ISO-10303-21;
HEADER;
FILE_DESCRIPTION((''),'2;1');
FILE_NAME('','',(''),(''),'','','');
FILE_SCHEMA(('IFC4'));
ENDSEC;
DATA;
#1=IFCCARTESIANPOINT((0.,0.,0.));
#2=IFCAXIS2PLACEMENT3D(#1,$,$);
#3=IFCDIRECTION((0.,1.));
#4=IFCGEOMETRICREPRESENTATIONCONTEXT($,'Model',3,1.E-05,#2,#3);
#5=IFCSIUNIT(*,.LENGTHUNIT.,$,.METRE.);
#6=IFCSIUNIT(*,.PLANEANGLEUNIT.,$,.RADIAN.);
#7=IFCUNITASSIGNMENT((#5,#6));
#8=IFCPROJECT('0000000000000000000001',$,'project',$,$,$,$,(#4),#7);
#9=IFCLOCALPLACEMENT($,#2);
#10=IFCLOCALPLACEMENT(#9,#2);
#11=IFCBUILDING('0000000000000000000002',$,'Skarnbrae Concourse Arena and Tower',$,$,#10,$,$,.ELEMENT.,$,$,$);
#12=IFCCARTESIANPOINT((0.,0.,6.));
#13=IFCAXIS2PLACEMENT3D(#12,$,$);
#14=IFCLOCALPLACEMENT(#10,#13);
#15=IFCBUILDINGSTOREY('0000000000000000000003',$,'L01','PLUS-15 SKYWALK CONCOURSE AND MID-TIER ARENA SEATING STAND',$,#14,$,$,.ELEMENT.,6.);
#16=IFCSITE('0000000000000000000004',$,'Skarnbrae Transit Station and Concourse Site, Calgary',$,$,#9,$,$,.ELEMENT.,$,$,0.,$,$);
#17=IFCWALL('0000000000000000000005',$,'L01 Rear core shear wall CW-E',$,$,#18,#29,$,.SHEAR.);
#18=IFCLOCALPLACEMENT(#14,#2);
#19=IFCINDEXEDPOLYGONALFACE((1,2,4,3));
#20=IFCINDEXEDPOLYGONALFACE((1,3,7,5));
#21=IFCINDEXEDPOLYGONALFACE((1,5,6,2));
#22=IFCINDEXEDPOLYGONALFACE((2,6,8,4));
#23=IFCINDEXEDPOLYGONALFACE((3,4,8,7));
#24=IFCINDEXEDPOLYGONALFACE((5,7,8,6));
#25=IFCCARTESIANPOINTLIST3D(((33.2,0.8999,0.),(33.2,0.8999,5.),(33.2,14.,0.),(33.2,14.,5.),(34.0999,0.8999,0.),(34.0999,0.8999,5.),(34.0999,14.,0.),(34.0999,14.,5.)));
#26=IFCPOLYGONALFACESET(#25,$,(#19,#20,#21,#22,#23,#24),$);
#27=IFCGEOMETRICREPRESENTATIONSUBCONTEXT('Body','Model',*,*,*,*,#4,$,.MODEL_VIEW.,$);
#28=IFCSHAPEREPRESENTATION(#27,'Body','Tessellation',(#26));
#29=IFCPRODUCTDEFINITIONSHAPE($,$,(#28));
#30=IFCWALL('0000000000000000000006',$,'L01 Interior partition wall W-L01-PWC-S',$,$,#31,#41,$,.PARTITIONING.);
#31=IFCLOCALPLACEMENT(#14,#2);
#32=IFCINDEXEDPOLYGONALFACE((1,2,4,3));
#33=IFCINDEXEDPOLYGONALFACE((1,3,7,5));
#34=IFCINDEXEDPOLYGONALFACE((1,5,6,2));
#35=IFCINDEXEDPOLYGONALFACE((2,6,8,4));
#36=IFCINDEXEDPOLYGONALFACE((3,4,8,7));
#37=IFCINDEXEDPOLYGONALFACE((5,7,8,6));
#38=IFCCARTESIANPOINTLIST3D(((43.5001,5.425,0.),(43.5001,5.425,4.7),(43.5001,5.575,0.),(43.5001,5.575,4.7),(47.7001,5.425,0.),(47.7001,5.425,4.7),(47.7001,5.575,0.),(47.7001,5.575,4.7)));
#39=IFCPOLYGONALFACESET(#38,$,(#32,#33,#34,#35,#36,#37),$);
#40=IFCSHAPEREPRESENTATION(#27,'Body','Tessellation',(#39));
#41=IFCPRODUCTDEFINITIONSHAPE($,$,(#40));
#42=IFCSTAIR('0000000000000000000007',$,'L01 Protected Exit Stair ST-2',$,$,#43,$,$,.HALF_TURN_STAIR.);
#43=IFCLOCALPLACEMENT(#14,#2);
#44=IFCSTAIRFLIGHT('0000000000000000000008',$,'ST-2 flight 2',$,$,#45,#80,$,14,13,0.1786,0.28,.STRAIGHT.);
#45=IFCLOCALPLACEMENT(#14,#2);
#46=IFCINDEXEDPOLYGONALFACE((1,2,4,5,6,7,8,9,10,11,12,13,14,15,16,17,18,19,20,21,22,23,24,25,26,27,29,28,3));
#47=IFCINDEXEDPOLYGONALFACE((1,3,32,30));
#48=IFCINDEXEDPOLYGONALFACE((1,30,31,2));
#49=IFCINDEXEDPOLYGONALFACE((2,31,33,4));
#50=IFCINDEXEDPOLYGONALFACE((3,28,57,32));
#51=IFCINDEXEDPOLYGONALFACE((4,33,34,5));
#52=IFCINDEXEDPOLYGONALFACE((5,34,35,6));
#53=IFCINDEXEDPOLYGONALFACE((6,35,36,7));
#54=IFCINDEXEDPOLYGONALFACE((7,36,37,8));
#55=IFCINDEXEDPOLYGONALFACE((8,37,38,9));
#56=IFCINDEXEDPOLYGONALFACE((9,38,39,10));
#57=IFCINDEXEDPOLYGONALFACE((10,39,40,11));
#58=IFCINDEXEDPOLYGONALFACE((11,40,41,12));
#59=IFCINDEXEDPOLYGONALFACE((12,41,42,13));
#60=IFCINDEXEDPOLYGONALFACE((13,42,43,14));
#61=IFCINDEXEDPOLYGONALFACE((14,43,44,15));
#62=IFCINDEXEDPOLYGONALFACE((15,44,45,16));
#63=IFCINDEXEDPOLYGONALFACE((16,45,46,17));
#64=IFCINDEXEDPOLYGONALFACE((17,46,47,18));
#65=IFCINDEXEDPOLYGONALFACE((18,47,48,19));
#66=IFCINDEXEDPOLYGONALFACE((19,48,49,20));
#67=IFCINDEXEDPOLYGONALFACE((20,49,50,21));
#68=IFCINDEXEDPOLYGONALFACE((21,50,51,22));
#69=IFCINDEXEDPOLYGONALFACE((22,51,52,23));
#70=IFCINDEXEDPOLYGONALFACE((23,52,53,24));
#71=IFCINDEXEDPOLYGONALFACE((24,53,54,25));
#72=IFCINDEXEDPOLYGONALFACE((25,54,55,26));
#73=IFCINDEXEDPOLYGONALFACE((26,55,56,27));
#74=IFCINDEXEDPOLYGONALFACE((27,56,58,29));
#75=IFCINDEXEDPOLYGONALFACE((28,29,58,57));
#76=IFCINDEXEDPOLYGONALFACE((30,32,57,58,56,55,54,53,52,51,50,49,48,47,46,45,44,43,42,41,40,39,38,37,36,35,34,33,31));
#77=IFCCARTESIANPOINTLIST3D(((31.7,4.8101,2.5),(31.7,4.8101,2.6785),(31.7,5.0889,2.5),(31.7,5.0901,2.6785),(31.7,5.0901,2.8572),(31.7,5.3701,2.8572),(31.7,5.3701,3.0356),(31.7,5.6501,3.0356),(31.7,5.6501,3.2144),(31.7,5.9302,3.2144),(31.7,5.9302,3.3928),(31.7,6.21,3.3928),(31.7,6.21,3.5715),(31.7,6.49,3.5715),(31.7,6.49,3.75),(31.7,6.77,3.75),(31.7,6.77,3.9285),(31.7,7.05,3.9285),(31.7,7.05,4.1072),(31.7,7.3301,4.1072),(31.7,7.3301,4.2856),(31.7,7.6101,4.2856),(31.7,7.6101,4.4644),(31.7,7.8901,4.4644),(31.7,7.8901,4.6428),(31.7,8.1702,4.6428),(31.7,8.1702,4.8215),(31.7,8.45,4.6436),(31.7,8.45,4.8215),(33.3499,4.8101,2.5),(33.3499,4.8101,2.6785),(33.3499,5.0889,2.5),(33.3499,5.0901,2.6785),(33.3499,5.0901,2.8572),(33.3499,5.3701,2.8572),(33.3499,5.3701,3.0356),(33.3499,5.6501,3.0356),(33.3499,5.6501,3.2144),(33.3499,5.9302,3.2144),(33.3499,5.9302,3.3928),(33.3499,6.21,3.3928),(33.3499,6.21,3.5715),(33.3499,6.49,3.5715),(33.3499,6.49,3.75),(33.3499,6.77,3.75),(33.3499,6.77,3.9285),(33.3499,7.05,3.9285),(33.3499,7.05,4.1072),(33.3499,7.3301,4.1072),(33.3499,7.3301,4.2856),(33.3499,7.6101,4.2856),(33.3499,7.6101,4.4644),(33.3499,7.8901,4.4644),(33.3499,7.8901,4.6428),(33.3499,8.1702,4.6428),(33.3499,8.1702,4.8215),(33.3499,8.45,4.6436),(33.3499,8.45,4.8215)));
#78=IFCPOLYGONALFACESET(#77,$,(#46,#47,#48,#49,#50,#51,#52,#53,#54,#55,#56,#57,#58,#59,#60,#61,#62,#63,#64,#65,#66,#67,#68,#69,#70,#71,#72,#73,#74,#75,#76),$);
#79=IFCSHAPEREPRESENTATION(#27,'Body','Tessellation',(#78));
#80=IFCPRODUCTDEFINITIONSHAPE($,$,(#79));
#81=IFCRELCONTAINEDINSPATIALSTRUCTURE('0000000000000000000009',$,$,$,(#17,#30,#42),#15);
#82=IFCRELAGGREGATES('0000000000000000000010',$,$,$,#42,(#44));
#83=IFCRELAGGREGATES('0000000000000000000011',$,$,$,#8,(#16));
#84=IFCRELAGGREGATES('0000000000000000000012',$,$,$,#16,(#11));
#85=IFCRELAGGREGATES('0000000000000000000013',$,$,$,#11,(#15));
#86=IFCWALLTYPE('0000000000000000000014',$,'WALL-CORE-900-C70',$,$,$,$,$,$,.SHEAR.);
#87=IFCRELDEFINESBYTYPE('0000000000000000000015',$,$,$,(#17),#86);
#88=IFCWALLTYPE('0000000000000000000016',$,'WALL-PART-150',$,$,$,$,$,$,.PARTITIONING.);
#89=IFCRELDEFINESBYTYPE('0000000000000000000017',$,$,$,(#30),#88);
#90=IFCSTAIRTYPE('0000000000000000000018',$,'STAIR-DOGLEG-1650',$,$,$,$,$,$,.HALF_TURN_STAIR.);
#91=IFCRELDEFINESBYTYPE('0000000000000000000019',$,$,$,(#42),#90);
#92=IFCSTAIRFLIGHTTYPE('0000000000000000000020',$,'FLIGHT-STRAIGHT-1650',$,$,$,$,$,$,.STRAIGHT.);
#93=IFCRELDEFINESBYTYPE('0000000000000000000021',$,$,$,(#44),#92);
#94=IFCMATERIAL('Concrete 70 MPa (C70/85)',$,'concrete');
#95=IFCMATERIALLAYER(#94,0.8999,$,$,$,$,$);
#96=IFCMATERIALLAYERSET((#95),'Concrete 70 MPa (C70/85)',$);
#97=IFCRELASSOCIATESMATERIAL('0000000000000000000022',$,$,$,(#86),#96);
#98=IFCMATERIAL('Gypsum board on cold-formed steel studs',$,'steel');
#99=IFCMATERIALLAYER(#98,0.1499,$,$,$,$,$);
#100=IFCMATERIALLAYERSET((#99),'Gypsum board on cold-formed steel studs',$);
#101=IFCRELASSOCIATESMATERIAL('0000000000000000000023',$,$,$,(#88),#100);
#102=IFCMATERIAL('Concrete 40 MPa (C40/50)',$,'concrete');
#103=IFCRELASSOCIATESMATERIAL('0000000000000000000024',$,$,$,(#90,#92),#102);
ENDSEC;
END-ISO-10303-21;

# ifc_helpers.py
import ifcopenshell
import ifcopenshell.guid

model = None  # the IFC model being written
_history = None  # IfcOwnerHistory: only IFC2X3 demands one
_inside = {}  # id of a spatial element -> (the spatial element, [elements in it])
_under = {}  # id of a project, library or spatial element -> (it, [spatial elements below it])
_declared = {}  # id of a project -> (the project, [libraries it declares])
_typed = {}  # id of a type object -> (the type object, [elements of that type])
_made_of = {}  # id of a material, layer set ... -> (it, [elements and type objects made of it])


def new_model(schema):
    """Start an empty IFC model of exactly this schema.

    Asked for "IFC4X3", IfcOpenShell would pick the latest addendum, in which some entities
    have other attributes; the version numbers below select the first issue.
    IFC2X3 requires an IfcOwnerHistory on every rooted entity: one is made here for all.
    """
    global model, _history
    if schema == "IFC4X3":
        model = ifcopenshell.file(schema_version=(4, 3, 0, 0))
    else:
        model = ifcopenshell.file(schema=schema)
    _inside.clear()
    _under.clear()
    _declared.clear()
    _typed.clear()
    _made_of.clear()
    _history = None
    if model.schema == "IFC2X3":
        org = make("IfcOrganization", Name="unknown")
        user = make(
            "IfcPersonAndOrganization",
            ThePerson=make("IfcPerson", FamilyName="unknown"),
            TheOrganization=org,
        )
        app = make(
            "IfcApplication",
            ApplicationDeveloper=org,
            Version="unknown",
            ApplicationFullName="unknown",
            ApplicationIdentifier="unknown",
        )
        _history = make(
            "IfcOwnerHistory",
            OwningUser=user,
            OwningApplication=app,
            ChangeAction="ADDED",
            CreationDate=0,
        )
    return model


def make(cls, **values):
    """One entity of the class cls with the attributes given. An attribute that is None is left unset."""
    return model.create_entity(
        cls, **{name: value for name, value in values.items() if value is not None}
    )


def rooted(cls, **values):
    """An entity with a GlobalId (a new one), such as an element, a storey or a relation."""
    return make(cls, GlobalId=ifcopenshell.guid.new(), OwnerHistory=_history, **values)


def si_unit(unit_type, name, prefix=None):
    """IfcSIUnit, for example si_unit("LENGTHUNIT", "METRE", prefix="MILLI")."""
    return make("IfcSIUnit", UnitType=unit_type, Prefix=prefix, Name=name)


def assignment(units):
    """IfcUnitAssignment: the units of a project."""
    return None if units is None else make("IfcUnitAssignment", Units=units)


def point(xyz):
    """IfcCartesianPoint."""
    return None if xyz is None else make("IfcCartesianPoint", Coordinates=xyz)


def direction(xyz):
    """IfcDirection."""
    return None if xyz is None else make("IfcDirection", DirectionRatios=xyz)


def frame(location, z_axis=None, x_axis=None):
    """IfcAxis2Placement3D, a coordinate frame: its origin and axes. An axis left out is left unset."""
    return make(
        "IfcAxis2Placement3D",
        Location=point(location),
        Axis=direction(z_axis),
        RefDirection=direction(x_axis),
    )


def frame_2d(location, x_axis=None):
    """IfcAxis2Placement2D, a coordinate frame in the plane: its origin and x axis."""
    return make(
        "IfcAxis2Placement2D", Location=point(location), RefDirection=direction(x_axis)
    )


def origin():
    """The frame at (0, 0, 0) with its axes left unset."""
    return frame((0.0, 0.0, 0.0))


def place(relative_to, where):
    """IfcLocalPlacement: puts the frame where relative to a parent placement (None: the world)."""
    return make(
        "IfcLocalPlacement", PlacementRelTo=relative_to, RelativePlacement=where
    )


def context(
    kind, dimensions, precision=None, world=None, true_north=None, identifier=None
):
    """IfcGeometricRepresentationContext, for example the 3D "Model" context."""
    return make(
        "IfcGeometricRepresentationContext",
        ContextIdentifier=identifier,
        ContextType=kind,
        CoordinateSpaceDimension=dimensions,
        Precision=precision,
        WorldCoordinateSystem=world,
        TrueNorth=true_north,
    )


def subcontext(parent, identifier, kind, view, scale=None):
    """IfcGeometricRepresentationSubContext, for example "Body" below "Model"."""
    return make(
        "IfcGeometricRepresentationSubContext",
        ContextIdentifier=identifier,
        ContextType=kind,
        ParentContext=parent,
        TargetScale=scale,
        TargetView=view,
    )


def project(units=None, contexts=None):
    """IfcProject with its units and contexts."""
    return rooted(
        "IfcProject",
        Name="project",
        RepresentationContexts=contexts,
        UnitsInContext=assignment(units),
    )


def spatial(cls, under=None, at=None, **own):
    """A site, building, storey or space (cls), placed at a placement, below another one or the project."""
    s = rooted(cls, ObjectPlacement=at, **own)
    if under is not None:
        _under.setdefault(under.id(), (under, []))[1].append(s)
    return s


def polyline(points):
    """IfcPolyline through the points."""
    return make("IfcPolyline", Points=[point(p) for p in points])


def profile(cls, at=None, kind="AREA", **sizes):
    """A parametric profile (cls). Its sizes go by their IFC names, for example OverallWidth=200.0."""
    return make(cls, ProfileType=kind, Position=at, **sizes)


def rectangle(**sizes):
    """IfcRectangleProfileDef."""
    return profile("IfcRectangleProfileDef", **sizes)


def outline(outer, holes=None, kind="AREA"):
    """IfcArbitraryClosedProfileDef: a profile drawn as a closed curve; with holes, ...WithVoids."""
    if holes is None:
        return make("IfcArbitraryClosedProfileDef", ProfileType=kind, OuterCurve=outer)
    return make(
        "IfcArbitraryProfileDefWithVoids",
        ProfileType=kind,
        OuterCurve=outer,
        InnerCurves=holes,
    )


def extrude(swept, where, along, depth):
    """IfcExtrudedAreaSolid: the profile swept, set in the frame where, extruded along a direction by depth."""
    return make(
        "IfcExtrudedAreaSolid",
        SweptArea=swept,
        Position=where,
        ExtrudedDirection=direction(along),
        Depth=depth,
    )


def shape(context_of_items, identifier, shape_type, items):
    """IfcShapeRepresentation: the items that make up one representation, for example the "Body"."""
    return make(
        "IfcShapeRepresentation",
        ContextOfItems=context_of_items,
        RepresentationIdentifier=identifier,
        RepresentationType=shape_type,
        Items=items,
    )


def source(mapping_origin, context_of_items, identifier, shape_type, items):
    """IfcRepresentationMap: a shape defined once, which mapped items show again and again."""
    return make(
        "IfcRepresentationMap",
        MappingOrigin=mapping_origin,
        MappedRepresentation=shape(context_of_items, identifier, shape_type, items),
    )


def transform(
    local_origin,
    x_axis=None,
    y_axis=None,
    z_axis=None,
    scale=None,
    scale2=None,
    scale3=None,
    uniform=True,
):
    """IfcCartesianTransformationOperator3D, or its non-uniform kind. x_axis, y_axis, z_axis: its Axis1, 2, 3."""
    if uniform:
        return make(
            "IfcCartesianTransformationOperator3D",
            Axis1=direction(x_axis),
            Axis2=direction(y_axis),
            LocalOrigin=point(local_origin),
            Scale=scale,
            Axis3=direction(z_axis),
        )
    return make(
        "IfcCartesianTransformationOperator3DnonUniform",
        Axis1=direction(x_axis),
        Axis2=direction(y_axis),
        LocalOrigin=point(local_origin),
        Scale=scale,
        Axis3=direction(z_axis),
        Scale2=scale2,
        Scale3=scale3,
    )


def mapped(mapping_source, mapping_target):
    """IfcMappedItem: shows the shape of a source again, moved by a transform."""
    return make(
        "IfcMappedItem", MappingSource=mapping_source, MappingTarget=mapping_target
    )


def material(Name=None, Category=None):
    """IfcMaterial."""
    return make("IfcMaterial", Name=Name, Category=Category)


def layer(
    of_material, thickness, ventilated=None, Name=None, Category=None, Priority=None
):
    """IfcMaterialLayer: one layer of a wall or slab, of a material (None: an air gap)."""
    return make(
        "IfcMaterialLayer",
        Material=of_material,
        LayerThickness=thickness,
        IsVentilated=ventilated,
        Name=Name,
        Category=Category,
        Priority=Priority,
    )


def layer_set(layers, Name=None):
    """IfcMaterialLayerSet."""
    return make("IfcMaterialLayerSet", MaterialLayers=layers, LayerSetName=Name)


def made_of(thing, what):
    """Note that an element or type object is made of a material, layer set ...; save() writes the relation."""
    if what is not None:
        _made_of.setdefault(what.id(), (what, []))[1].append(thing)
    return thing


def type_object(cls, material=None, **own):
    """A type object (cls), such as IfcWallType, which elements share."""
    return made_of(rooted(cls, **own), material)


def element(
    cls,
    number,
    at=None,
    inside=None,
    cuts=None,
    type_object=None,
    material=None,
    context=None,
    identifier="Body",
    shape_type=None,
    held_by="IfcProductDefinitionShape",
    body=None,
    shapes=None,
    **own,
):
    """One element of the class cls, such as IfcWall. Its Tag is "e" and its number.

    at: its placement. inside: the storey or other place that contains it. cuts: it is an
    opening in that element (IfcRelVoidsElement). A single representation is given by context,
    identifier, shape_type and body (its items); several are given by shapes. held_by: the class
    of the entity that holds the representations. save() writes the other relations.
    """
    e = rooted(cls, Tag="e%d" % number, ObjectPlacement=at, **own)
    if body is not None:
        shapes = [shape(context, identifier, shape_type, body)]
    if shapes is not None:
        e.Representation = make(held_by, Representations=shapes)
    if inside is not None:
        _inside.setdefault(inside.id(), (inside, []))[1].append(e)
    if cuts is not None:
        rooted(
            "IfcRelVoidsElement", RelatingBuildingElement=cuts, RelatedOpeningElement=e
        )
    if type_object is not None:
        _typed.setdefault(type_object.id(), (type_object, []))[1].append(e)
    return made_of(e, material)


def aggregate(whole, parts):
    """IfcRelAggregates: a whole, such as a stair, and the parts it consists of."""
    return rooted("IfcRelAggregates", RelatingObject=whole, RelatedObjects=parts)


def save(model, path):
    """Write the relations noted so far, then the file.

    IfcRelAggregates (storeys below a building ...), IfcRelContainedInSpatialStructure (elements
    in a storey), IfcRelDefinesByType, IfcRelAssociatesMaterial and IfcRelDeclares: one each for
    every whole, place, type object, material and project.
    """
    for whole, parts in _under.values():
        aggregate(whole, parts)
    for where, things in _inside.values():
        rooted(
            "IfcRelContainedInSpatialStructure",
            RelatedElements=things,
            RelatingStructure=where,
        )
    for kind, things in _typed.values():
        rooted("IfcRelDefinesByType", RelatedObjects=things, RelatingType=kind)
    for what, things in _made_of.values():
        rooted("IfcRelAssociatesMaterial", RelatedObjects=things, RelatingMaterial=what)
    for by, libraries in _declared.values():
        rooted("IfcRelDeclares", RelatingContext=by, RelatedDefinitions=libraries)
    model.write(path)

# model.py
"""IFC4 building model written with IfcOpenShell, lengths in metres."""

from ifc_helpers import new_model, si_unit, direction, frame, frame_2d, origin, place, context, subcontext, project, spatial, polyline, rectangle, outline, extrude, source, transform, mapped, material, layer, layer_set, type_object, element, aggregate, save


model = new_model("IFC4")

# Units and contexts
model_context = context("Model", 3, precision=1e-05, world=origin(), true_north=direction((0.0, 1.0)))
body_context = subcontext(model_context, "Body", "Model", "MODEL_VIEW")
ifc_project = project(units=[si_unit("LENGTHUNIT", "METRE"), si_unit("PLANEANGLEUNIT", "RADIAN")], contexts=[model_context])

# Site, building, storey
site_placement = place(None, origin())
site = spatial("IfcSite", under=ifc_project, at=site_placement, Name="Skarnbrae Transit Station and Concourse Site, Calgary", CompositionType="ELEMENT", RefElevation=0.0)
building_placement = place(site_placement, origin())
building = spatial("IfcBuilding", under=site, at=building_placement, Name="Skarnbrae Concourse Arena and Tower", CompositionType="ELEMENT")
storey_placement = place(building_placement, frame((0.0, 0.0, 6.0)))
storey = spatial("IfcBuildingStorey", under=building, at=storey_placement, Name="L01", Description="PLUS-15 SKYWALK CONCOURSE AND MID-TIER ARENA SEATING STAND", CompositionType="ELEMENT", Elevation=6.0)

# Walls
ifc_material_1 = material(Name="Concrete 70 MPa (C70/85)", Category="concrete")
ifc_layer_1 = layer(ifc_material_1, 0.8999)
ifc_layer_set_1 = layer_set([ifc_layer_1], Name="Concrete 70 MPa (C70/85)")
wall_type_1 = type_object("IfcWallType", Name="WALL-CORE-900-C70", PredefinedType="SHEAR", material=ifc_layer_set_1)
shared_shape_1 = source(origin(), body_context, "Body", "SweptSolid", [
    extrude(rectangle(XDim=13.1001, YDim=0.8999, at=frame_2d((6.55, 0.0))), origin(), (0.0, 0.0, 1.0), 5.0),
])
wall_1_placement = place(storey_placement, frame((33.6499, 0.8999, 0.0), z_axis=(0.0, 0.0, 1.0), x_axis=(0.0, 1.0, 0.0)))
element("IfcWall", 1, at=wall_1_placement, inside=storey, type_object=wall_type_1, Name="L01 Rear core shear wall CW-E", PredefinedType="SHEAR", context=body_context, shape_type="MappedRepresentation", body=[
    mapped(shared_shape_1, transform((0.0, 0.0, 0.0))),
])
ifc_material_2 = material(Name="Gypsum board on cold-formed steel studs", Category="steel")
ifc_layer_2 = layer(ifc_material_2, 0.1499)
ifc_layer_set_2 = layer_set([ifc_layer_2], Name="Gypsum board on cold-formed steel studs")
wall_type_2 = type_object("IfcWallType", Name="WALL-PART-150", PredefinedType="PARTITIONING", material=ifc_layer_set_2)
shared_shape_2 = source(origin(), body_context, "Body", "SweptSolid", [
    extrude(rectangle(XDim=4.2, YDim=0.1499, at=frame_2d((2.1001, 0.0))), origin(), (0.0, 0.0, 1.0), 4.7),
])
wall_2_placement = place(storey_placement, frame((43.5, 5.5, 0.0), z_axis=(0.0, 0.0, 1.0), x_axis=(1.0, 0.0, 0.0)))
element("IfcWall", 2, at=wall_2_placement, inside=storey, type_object=wall_type_2, Name="L01 Interior partition wall W-L01-PWC-S", PredefinedType="PARTITIONING", context=body_context, shape_type="MappedRepresentation", body=[
    mapped(shared_shape_2, transform((0.0, 0.0, 0.0))),
])

# Stair, stair flight
ifc_material_3 = material(Name="Concrete 40 MPa (C40/50)", Category="concrete")
stair_type = type_object("IfcStairType", Name="STAIR-DOGLEG-1650", PredefinedType="HALF_TURN_STAIR", material=ifc_material_3)
stair_placement = place(storey_placement, origin())
stair = element("IfcStair", 3, at=stair_placement, inside=storey, type_object=stair_type, Name="L01 Protected Exit Stair ST-2", PredefinedType="HALF_TURN_STAIR")
stair_flight_type = type_object("IfcStairFlightType", Name="FLIGHT-STRAIGHT-1650", PredefinedType="STRAIGHT", material=ifc_material_3)
shared_shape_3 = source(origin(), body_context, "Body", "SweptSolid", [
    extrude(outline(polyline([(0.0, 0.0), (0.0, 0.1785), (0.28, 0.1785), (0.28, 0.3572), (0.5601, 0.3572), (0.5601, 0.5356), (0.8401, 0.5356), (0.8401, 0.7144), (1.1201, 0.7144), (1.1201, 0.8928), (1.3999, 0.8928), (1.3999, 1.0715), (1.6799, 1.0715), (1.6799, 1.25), (1.96, 1.25), (1.96, 1.4285), (2.24, 1.4285), (2.24, 1.6072), (2.52, 1.6072), (2.52, 1.7856), (2.8, 1.7856), (2.8, 1.9644), (3.0801, 1.9644), (3.0801, 2.1428), (3.3601, 2.1428), (3.3601, 2.3215), (3.6399, 2.3215), (3.6399, 2.5), (3.6399, 2.1436), (0.2788, 0.0), (0.0, 0.0)])), frame((0.0, 0.825, 0.0), z_axis=(0.0, -1.0, 0.0), x_axis=(1.0, 0.0, 0.0)), (0.0, 0.0, 1.0), 1.6499),
])
stair_flight_placement = place(storey_placement, frame((32.5249, 4.8101, 2.5), z_axis=(0.0, 0.0, 1.0), x_axis=(0.0, 1.0, 0.0)))
stair_flight = element("IfcStairFlight", 4, at=stair_flight_placement, type_object=stair_flight_type, Name="ST-2 flight 2", NumberOfRisers=14, NumberOfTreads=13, PredefinedType="STRAIGHT", RiserHeight=0.1786, TreadLength=0.28, context=body_context, shape_type="MappedRepresentation", body=[
    mapped(shared_shape_3, transform((0.0, 0.0, 0.0))),
])
aggregate(stair, [stair_flight])

save(model, "model.ifc")
